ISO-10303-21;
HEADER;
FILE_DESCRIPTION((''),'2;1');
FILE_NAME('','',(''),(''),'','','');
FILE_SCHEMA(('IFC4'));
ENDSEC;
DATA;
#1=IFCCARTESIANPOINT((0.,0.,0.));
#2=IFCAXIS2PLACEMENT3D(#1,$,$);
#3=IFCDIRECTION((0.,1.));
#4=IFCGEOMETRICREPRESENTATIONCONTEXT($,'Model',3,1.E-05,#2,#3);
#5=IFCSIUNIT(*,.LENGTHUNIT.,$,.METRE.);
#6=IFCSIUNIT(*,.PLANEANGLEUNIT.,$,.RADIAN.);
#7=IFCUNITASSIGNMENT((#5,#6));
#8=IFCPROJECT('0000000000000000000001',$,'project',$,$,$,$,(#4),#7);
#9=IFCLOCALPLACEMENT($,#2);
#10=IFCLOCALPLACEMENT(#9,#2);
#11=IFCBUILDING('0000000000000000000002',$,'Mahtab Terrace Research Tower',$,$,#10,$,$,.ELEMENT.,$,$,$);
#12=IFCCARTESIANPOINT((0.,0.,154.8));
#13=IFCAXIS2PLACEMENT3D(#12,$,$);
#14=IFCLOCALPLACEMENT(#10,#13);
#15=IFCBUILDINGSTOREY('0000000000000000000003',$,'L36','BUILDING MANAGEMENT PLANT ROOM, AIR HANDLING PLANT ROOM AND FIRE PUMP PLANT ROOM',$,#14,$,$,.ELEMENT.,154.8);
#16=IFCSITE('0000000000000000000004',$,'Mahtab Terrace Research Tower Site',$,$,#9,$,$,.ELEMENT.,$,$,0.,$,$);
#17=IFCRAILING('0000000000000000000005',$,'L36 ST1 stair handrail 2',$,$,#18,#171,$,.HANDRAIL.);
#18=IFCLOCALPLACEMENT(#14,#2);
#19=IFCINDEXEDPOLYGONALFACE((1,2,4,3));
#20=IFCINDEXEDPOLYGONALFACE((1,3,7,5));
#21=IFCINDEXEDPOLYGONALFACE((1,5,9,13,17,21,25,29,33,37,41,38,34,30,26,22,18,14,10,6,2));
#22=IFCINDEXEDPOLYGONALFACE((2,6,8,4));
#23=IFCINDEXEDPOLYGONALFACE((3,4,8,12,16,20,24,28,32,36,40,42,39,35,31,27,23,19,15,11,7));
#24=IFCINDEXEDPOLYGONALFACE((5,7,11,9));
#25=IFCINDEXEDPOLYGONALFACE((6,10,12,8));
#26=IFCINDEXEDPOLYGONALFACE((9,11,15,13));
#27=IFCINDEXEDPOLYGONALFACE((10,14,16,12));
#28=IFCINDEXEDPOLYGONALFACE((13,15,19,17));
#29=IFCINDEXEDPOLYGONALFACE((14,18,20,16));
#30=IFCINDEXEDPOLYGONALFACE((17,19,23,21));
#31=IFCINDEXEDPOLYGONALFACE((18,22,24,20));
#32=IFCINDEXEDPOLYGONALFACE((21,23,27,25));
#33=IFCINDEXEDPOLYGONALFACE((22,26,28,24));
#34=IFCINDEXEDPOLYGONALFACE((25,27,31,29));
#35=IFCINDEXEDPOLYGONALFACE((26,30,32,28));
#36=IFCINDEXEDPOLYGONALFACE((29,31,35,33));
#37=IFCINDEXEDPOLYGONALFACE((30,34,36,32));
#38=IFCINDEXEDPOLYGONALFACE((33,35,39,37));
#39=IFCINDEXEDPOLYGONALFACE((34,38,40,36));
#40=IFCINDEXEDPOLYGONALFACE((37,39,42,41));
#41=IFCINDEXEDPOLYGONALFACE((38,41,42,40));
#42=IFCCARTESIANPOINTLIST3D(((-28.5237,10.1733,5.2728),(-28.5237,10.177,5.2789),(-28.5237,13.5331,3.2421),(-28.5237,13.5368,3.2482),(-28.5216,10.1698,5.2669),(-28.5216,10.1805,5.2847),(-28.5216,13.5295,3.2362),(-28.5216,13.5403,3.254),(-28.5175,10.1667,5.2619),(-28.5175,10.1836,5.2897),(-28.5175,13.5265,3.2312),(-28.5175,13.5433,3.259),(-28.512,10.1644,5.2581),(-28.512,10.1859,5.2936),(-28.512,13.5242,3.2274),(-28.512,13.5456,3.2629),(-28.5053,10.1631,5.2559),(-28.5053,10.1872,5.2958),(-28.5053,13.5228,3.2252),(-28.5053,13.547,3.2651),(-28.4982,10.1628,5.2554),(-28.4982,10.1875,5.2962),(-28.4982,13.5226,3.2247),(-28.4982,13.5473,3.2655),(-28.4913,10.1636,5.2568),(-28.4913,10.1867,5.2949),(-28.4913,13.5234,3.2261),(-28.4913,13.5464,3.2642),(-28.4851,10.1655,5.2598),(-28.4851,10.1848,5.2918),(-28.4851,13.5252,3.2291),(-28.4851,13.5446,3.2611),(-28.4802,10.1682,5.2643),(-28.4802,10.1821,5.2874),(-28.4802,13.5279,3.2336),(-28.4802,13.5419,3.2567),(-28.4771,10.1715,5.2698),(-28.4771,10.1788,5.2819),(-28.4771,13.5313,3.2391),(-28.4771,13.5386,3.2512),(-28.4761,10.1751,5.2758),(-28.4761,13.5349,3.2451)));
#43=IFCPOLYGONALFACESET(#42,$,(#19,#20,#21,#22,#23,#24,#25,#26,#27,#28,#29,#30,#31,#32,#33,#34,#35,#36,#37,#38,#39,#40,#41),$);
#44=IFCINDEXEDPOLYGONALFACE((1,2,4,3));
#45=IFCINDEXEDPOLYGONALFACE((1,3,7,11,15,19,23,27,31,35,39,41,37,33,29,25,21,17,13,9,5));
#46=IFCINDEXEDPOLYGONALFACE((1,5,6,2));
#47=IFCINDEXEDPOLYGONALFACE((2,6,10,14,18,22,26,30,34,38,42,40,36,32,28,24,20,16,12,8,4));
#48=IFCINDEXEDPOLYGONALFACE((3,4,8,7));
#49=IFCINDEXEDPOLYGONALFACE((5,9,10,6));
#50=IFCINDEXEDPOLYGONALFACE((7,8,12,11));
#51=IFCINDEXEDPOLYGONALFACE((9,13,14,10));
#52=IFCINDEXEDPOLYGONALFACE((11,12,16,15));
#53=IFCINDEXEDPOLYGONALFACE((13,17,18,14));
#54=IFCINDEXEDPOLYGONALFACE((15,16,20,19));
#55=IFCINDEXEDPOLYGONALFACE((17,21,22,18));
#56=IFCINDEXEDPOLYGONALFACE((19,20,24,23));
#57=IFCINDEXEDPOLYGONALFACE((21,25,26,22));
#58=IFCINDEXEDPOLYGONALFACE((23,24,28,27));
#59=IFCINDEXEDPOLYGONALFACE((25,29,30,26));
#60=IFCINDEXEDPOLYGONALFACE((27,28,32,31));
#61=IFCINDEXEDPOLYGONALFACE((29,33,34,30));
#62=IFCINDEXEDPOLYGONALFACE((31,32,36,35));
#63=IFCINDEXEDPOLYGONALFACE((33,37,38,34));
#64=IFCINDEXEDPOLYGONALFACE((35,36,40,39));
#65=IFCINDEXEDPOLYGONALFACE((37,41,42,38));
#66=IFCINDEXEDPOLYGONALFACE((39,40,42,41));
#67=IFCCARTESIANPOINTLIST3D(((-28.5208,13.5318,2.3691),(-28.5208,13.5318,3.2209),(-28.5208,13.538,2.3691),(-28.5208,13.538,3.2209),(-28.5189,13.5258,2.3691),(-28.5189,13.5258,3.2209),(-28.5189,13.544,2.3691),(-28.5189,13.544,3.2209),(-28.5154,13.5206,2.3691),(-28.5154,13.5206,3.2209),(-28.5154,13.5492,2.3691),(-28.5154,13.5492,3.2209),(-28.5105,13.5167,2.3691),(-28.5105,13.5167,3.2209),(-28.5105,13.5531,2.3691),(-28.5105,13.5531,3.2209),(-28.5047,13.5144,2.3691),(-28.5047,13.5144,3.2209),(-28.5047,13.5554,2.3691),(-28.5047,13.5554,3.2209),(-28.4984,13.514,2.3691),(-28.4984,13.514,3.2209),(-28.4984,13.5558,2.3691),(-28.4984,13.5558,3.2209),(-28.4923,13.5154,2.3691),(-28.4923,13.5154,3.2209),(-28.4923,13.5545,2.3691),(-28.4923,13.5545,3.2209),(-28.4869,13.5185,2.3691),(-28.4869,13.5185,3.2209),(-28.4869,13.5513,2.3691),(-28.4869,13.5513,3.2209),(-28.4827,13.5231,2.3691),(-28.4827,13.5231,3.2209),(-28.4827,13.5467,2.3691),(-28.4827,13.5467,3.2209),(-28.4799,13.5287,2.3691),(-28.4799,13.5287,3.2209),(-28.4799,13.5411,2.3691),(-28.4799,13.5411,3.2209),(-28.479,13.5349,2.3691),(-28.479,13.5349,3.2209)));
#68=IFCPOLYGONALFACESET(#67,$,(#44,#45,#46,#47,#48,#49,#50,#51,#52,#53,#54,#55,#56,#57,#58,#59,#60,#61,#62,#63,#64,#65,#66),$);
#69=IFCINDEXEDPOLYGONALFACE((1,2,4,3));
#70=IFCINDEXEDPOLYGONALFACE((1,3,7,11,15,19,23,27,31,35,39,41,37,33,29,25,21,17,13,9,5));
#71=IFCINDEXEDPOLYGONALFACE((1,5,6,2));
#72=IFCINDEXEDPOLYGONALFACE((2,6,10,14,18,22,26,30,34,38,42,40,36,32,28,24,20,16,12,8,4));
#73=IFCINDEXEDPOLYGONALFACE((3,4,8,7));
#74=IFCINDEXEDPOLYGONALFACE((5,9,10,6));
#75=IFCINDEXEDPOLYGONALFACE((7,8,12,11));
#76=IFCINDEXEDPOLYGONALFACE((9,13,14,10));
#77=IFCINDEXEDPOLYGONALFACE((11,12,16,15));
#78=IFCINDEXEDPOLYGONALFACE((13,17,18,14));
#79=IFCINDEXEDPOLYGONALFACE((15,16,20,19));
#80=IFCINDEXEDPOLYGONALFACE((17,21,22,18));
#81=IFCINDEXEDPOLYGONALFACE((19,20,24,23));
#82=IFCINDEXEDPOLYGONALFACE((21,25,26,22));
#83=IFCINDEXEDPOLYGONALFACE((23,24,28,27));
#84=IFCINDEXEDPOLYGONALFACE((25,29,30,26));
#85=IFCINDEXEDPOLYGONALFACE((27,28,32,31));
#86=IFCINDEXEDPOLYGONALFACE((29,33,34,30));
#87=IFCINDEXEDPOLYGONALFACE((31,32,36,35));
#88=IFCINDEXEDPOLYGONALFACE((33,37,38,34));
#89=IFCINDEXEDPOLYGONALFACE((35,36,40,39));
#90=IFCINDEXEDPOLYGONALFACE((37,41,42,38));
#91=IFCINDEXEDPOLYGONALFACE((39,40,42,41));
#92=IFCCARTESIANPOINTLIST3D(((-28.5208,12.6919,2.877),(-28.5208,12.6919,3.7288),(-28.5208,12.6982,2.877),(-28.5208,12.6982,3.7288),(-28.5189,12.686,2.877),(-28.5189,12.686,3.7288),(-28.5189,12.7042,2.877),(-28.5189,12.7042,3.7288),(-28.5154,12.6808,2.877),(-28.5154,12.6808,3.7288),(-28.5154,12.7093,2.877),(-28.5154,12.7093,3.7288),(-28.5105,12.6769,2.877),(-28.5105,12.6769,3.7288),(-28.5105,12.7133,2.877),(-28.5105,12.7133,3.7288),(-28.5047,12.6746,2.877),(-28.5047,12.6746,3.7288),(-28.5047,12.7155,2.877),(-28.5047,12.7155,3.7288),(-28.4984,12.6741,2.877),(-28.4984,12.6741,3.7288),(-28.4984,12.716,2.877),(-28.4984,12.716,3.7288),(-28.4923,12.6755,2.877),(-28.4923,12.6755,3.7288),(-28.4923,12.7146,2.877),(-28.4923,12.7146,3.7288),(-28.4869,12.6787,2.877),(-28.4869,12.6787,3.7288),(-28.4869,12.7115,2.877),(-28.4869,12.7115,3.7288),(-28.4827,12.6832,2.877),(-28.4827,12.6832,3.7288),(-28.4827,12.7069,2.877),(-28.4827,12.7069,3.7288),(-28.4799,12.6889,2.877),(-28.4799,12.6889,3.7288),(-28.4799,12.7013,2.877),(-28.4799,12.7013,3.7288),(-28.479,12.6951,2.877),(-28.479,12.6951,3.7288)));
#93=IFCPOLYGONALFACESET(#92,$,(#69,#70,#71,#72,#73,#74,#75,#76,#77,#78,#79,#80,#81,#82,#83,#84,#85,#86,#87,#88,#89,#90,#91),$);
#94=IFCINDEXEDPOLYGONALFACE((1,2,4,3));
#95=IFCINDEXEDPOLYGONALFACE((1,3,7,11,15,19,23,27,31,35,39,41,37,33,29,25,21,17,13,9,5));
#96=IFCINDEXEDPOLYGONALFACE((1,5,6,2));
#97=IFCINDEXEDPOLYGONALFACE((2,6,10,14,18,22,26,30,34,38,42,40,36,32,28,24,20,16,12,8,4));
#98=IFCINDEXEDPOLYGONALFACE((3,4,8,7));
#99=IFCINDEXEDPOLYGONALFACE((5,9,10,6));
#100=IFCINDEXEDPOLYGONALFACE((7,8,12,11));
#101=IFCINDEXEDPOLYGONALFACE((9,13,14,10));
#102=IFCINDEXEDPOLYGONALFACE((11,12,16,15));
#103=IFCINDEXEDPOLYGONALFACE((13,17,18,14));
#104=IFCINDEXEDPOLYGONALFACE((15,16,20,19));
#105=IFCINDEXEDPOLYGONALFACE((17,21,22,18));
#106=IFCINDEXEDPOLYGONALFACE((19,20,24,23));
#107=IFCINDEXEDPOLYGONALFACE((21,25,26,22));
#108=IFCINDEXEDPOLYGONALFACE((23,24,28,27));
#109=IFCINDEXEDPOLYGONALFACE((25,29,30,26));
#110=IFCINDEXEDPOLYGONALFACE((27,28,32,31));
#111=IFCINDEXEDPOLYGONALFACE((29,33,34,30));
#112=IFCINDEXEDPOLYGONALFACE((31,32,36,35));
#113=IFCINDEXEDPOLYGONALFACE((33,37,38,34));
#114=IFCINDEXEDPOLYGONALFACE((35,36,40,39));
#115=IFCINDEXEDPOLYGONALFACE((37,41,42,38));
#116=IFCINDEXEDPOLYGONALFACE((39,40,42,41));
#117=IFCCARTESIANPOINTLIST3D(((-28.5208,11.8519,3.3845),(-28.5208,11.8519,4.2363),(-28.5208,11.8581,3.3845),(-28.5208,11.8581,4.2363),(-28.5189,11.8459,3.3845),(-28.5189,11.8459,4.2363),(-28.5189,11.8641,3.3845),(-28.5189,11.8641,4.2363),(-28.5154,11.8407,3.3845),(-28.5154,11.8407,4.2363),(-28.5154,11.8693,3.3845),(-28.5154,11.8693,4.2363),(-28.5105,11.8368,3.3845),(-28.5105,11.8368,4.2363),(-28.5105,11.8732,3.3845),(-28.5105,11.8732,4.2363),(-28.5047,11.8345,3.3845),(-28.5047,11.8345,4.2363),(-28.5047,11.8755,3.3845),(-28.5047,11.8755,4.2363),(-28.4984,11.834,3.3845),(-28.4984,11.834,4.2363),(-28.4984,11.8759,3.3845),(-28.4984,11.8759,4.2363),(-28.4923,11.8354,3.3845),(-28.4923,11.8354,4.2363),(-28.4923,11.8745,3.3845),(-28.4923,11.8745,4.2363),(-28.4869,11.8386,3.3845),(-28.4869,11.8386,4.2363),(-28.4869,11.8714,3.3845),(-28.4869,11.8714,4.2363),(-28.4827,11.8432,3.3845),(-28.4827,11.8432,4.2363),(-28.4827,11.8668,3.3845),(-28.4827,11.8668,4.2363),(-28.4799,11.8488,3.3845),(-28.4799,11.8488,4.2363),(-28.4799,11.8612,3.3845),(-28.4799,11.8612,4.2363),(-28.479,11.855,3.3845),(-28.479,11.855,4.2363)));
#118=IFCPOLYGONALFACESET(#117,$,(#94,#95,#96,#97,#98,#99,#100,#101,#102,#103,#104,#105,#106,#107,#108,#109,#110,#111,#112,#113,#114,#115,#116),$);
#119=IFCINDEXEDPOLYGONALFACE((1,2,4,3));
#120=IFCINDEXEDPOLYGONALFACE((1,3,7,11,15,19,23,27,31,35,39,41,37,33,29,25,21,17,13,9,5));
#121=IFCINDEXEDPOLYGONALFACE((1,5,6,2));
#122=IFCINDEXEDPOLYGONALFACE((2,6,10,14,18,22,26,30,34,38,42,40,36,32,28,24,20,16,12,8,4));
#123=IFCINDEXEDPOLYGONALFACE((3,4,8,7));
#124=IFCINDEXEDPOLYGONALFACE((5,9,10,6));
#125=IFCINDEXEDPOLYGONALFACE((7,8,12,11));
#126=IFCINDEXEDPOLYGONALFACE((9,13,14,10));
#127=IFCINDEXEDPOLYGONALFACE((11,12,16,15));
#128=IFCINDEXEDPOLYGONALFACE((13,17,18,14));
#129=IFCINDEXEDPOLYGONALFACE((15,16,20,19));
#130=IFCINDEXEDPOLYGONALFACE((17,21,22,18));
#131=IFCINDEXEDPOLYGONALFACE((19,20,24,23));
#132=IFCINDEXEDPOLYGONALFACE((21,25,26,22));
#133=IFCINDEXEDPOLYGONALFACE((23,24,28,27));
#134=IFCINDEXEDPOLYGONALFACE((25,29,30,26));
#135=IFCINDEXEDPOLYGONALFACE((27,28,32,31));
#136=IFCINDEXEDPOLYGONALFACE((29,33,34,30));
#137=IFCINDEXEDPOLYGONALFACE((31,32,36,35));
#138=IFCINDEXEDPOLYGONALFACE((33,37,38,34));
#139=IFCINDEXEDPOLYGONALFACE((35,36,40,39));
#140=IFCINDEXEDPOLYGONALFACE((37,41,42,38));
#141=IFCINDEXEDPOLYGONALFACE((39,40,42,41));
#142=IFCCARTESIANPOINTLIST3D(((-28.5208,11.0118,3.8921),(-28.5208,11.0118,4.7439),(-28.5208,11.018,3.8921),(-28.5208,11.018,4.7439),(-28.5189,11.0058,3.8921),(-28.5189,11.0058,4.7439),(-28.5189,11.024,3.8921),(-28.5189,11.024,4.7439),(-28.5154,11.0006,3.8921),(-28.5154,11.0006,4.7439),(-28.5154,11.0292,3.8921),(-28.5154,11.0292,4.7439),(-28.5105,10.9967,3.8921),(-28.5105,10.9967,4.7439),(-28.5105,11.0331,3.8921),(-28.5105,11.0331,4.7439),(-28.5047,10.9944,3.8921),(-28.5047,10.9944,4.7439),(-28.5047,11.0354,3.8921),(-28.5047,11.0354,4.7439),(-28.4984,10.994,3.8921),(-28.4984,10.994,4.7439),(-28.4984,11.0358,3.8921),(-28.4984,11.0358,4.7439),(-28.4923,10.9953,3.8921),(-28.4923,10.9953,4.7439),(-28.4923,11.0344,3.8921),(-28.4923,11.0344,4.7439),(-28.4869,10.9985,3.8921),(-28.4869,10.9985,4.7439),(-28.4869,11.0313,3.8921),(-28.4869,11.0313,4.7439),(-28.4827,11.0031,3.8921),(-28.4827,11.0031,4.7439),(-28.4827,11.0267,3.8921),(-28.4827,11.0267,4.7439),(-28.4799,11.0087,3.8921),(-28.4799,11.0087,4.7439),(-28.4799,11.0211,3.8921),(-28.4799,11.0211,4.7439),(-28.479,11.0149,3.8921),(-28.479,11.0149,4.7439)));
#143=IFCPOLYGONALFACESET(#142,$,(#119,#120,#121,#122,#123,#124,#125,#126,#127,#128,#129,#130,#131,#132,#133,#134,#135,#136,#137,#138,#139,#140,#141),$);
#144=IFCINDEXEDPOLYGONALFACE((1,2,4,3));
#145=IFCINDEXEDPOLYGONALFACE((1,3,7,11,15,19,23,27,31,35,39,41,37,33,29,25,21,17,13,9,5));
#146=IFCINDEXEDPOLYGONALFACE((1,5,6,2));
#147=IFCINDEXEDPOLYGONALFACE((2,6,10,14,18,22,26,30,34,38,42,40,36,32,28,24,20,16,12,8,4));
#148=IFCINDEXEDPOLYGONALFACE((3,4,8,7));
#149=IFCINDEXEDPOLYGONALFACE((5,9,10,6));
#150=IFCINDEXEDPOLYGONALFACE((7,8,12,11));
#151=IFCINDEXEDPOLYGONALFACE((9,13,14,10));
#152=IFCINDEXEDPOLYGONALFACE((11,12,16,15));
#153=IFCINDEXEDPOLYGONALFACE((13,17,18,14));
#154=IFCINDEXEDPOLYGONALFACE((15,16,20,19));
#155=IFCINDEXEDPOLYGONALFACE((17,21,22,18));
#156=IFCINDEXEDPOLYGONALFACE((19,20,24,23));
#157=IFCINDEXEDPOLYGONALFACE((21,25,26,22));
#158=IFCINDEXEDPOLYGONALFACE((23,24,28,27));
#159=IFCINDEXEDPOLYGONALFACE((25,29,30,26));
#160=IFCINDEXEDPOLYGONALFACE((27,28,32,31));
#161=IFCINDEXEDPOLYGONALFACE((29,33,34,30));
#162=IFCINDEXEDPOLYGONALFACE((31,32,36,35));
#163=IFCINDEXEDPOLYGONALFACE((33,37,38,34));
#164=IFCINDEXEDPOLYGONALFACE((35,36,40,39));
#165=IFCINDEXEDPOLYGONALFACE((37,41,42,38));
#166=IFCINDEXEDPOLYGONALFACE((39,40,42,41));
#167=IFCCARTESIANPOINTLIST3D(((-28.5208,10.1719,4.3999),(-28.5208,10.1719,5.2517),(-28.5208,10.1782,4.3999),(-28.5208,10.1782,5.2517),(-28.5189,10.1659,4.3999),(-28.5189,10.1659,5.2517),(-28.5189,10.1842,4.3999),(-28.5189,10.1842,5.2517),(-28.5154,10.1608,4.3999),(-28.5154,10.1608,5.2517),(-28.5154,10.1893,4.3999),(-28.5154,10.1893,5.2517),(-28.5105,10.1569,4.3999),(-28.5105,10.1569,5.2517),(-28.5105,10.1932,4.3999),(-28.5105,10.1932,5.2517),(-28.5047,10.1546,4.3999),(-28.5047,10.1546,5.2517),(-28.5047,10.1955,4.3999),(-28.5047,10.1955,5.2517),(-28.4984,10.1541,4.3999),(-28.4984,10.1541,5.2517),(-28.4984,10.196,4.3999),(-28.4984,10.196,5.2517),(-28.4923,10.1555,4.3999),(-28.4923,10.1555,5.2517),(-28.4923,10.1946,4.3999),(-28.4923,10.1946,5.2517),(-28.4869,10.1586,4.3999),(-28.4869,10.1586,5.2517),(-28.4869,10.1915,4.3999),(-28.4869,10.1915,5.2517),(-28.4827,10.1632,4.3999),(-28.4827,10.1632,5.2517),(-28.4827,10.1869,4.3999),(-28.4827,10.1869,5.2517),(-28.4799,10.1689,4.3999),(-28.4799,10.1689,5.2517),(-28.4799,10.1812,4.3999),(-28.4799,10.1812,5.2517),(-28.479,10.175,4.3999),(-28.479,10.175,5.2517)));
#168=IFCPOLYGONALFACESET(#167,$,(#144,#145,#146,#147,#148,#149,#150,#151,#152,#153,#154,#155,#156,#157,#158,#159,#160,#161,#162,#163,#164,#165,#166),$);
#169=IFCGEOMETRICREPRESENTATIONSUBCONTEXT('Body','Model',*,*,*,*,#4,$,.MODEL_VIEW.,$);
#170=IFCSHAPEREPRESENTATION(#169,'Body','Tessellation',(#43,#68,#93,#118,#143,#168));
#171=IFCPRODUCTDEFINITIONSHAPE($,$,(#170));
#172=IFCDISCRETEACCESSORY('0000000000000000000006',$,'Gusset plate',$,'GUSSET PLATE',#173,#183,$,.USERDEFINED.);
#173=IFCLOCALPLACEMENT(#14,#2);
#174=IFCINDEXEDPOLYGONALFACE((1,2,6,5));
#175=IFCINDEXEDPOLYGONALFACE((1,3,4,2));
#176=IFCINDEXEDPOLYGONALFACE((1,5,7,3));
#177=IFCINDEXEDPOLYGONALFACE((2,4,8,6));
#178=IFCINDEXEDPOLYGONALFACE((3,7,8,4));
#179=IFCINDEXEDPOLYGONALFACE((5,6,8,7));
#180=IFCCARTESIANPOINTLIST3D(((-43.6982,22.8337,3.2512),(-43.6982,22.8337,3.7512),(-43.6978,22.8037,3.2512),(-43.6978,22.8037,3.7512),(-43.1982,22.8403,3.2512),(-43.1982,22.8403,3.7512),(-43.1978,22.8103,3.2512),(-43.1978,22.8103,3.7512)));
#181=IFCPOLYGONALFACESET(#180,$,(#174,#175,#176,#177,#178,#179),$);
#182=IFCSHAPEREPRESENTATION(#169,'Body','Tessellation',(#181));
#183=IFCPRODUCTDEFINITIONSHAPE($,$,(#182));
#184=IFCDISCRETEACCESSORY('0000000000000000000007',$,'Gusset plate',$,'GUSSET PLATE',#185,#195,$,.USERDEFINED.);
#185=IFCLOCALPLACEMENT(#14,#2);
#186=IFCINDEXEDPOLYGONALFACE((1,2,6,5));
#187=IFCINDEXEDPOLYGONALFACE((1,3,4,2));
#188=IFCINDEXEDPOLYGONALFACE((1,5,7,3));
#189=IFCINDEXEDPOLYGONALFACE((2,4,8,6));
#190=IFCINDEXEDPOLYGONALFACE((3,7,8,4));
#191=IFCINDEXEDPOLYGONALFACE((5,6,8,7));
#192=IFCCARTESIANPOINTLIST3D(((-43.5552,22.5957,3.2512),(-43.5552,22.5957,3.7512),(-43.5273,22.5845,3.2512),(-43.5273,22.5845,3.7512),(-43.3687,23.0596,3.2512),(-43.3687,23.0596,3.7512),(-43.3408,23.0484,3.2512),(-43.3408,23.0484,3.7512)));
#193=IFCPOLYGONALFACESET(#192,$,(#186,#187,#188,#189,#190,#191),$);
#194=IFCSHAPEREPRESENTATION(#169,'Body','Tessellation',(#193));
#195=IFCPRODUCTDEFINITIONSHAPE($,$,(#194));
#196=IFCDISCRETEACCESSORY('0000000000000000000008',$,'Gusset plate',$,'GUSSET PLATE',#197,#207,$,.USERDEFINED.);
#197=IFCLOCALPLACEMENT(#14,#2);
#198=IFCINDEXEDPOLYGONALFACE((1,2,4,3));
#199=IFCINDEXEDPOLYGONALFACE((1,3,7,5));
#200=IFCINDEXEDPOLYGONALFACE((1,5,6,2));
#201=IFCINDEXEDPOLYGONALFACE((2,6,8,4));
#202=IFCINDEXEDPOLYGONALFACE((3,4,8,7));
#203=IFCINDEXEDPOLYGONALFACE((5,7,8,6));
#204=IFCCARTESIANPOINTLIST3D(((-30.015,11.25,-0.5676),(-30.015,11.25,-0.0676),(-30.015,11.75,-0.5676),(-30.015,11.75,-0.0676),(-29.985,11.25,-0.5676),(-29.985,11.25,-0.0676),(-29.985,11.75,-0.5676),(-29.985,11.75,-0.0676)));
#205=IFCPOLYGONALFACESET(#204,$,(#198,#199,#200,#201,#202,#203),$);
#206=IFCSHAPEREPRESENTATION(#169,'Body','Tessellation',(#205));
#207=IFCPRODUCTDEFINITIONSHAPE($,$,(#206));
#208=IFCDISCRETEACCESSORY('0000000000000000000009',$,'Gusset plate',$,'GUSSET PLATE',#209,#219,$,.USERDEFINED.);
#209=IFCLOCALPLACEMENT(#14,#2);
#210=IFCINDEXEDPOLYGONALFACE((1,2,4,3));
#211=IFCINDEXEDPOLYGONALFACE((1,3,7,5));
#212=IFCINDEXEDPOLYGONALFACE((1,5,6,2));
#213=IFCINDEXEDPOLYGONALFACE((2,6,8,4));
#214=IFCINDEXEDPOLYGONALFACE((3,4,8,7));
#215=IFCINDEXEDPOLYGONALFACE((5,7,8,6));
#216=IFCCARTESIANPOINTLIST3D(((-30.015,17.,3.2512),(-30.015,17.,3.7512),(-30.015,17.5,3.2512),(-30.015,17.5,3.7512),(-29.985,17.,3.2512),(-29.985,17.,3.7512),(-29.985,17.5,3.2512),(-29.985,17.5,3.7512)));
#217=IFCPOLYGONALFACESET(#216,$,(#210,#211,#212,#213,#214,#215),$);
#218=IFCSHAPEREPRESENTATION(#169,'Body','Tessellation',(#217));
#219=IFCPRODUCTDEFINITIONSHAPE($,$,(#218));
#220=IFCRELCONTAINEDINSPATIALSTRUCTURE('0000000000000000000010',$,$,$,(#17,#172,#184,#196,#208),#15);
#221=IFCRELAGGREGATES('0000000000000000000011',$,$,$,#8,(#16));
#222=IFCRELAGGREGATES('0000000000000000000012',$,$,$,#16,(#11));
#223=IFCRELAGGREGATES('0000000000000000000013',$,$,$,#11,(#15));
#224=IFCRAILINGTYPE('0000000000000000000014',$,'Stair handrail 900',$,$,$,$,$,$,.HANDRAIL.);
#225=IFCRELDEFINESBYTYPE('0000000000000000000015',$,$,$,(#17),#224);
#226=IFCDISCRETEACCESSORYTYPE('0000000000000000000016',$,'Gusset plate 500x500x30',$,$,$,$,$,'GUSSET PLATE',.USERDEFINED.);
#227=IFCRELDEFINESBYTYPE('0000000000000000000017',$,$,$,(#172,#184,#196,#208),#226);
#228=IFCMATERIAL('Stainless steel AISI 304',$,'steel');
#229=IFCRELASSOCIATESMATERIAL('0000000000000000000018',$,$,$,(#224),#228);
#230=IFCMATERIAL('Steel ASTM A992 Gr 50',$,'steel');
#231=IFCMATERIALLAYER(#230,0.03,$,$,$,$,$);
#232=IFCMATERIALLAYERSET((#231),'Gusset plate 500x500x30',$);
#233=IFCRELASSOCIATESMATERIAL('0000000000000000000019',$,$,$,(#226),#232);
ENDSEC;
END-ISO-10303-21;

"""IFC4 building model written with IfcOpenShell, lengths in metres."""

from ifc_helpers import new_model, si_unit, direction, frame, origin, origin_2d, place, context, subcontext, project, spatial, rectangle, circle, extrude, material, layer, layer_set, type_object, element, save


model = new_model("IFC4")

# Units and contexts
model_context = context("Model", 3, precision=1e-05, world=origin(), true_north=direction((0.0, 1.0)))
body_context = subcontext(model_context, "Body", "Model", "MODEL_VIEW")
ifc_project = project(units=[si_unit("LENGTHUNIT", "METRE"), si_unit("PLANEANGLEUNIT", "RADIAN")], contexts=[model_context])

# Site, building, storey
site_placement = place(None, origin())
site = spatial("IfcSite", under=ifc_project, at=site_placement, Name="Mahtab Terrace Research Tower Site", CompositionType="ELEMENT", RefElevation=0.0)
building_placement = place(site_placement, origin())
building = spatial("IfcBuilding", under=site, at=building_placement, Name="Mahtab Terrace Research Tower", CompositionType="ELEMENT")
storey_placement = place(building_placement, frame((0.0, 0.0, 154.8)))
storey = spatial("IfcBuildingStorey", under=building, at=storey_placement, Name="L36", Description="BUILDING MANAGEMENT PLANT ROOM, AIR HANDLING PLANT ROOM AND FIRE PUMP PLANT ROOM", CompositionType="ELEMENT", Elevation=154.8)

# Shared definitions
ifc_material_1 = material(Name="Steel ASTM A992 Gr 50", Category="steel")

# Railing
ifc_material_2 = material(Name="Stainless steel AISI 304", Category="steel")
railing_type = type_object("IfcRailingType", Name="Stair handrail 900", PredefinedType="HANDRAIL", material=ifc_material_2)
railing_placement = place(storey_placement, frame((-28.5, 13.5349, 2.3691)))
element("IfcRailing", 1, at=railing_placement, inside=storey, type_object=railing_type, Name="L36 ST1 stair handrail 2", PredefinedType="HANDRAIL", context=body_context, shape_type="SweptSolid", body=[
    extrude(circle(Radius=0.0239, at=origin_2d()), frame((0.0, 0.0, 0.876), z_axis=(0.0, -0.85582, 0.517273), x_axis=(1.0, 0.0, 0.0)), (0.0, 0.0, 1.0), 3.9258),
    extrude(circle(Radius=0.021, at=origin_2d()), origin(), (0.0, 0.0, 1.0), 0.8518),
    extrude(circle(Radius=0.021, at=origin_2d()), frame((0.0, -0.8398, 0.5078)), (0.0, 0.0, 1.0), 0.8518),
    extrude(circle(Radius=0.021, at=origin_2d()), frame((0.0, -1.6799, 1.0154)), (0.0, 0.0, 1.0), 0.8518),
    extrude(circle(Radius=0.021, at=origin_2d()), frame((0.0, -2.52, 1.5229)), (0.0, 0.0, 1.0), 0.8518),
    extrude(circle(Radius=0.021, at=origin_2d()), frame((0.0, -3.3599, 2.0308)), (0.0, 0.0, 1.0), 0.8518),
])

# Discrete accessories
ifc_layer_1 = layer(ifc_material_1, 0.03)
ifc_layer_set_1 = layer_set([ifc_layer_1], Name="Gusset plate 500x500x30")
discrete_accessory_type = type_object("IfcDiscreteAccessoryType", Name="Gusset plate 500x500x30", ElementType="GUSSET PLATE", PredefinedType="USERDEFINED", material=ifc_layer_set_1)
for number, where, z_axis, x_axis, name in (
    (2, (-43.448, 22.822, 3.2512), (0.0, 0.0, 1.0), (0.999913, 0.013159, 0.0), "Gusset plate"),
    (3, (-43.448, 22.822, 3.2512), (0.0, 0.0, 1.0), (0.373036, 0.927817, 0.0), "Gusset plate"),
    (4, (-30.0, 11.5, -0.5676), (0.0, 0.0, 1.0), (0.0, 1.0, 0.0), "Gusset plate"),
    (5, (-30.0, 17.25, 3.2512), (0.0, 0.0, 1.0), (0.0, 1.0, 0.0), "Gusset plate"),
):
    element("IfcDiscreteAccessory", number, at=place(storey_placement, frame(where, z_axis=z_axis, x_axis=x_axis)), inside=storey, type_object=discrete_accessory_type, Name=name, ObjectType="GUSSET PLATE", PredefinedType="USERDEFINED", context=body_context, shape_type="SweptSolid", body=[
        extrude(rectangle(XDim=0.5, YDim=0.03, at=origin_2d()), origin(), (0.0, 0.0, 1.0), 0.5),
    ])

save(model, "model.ifc")
